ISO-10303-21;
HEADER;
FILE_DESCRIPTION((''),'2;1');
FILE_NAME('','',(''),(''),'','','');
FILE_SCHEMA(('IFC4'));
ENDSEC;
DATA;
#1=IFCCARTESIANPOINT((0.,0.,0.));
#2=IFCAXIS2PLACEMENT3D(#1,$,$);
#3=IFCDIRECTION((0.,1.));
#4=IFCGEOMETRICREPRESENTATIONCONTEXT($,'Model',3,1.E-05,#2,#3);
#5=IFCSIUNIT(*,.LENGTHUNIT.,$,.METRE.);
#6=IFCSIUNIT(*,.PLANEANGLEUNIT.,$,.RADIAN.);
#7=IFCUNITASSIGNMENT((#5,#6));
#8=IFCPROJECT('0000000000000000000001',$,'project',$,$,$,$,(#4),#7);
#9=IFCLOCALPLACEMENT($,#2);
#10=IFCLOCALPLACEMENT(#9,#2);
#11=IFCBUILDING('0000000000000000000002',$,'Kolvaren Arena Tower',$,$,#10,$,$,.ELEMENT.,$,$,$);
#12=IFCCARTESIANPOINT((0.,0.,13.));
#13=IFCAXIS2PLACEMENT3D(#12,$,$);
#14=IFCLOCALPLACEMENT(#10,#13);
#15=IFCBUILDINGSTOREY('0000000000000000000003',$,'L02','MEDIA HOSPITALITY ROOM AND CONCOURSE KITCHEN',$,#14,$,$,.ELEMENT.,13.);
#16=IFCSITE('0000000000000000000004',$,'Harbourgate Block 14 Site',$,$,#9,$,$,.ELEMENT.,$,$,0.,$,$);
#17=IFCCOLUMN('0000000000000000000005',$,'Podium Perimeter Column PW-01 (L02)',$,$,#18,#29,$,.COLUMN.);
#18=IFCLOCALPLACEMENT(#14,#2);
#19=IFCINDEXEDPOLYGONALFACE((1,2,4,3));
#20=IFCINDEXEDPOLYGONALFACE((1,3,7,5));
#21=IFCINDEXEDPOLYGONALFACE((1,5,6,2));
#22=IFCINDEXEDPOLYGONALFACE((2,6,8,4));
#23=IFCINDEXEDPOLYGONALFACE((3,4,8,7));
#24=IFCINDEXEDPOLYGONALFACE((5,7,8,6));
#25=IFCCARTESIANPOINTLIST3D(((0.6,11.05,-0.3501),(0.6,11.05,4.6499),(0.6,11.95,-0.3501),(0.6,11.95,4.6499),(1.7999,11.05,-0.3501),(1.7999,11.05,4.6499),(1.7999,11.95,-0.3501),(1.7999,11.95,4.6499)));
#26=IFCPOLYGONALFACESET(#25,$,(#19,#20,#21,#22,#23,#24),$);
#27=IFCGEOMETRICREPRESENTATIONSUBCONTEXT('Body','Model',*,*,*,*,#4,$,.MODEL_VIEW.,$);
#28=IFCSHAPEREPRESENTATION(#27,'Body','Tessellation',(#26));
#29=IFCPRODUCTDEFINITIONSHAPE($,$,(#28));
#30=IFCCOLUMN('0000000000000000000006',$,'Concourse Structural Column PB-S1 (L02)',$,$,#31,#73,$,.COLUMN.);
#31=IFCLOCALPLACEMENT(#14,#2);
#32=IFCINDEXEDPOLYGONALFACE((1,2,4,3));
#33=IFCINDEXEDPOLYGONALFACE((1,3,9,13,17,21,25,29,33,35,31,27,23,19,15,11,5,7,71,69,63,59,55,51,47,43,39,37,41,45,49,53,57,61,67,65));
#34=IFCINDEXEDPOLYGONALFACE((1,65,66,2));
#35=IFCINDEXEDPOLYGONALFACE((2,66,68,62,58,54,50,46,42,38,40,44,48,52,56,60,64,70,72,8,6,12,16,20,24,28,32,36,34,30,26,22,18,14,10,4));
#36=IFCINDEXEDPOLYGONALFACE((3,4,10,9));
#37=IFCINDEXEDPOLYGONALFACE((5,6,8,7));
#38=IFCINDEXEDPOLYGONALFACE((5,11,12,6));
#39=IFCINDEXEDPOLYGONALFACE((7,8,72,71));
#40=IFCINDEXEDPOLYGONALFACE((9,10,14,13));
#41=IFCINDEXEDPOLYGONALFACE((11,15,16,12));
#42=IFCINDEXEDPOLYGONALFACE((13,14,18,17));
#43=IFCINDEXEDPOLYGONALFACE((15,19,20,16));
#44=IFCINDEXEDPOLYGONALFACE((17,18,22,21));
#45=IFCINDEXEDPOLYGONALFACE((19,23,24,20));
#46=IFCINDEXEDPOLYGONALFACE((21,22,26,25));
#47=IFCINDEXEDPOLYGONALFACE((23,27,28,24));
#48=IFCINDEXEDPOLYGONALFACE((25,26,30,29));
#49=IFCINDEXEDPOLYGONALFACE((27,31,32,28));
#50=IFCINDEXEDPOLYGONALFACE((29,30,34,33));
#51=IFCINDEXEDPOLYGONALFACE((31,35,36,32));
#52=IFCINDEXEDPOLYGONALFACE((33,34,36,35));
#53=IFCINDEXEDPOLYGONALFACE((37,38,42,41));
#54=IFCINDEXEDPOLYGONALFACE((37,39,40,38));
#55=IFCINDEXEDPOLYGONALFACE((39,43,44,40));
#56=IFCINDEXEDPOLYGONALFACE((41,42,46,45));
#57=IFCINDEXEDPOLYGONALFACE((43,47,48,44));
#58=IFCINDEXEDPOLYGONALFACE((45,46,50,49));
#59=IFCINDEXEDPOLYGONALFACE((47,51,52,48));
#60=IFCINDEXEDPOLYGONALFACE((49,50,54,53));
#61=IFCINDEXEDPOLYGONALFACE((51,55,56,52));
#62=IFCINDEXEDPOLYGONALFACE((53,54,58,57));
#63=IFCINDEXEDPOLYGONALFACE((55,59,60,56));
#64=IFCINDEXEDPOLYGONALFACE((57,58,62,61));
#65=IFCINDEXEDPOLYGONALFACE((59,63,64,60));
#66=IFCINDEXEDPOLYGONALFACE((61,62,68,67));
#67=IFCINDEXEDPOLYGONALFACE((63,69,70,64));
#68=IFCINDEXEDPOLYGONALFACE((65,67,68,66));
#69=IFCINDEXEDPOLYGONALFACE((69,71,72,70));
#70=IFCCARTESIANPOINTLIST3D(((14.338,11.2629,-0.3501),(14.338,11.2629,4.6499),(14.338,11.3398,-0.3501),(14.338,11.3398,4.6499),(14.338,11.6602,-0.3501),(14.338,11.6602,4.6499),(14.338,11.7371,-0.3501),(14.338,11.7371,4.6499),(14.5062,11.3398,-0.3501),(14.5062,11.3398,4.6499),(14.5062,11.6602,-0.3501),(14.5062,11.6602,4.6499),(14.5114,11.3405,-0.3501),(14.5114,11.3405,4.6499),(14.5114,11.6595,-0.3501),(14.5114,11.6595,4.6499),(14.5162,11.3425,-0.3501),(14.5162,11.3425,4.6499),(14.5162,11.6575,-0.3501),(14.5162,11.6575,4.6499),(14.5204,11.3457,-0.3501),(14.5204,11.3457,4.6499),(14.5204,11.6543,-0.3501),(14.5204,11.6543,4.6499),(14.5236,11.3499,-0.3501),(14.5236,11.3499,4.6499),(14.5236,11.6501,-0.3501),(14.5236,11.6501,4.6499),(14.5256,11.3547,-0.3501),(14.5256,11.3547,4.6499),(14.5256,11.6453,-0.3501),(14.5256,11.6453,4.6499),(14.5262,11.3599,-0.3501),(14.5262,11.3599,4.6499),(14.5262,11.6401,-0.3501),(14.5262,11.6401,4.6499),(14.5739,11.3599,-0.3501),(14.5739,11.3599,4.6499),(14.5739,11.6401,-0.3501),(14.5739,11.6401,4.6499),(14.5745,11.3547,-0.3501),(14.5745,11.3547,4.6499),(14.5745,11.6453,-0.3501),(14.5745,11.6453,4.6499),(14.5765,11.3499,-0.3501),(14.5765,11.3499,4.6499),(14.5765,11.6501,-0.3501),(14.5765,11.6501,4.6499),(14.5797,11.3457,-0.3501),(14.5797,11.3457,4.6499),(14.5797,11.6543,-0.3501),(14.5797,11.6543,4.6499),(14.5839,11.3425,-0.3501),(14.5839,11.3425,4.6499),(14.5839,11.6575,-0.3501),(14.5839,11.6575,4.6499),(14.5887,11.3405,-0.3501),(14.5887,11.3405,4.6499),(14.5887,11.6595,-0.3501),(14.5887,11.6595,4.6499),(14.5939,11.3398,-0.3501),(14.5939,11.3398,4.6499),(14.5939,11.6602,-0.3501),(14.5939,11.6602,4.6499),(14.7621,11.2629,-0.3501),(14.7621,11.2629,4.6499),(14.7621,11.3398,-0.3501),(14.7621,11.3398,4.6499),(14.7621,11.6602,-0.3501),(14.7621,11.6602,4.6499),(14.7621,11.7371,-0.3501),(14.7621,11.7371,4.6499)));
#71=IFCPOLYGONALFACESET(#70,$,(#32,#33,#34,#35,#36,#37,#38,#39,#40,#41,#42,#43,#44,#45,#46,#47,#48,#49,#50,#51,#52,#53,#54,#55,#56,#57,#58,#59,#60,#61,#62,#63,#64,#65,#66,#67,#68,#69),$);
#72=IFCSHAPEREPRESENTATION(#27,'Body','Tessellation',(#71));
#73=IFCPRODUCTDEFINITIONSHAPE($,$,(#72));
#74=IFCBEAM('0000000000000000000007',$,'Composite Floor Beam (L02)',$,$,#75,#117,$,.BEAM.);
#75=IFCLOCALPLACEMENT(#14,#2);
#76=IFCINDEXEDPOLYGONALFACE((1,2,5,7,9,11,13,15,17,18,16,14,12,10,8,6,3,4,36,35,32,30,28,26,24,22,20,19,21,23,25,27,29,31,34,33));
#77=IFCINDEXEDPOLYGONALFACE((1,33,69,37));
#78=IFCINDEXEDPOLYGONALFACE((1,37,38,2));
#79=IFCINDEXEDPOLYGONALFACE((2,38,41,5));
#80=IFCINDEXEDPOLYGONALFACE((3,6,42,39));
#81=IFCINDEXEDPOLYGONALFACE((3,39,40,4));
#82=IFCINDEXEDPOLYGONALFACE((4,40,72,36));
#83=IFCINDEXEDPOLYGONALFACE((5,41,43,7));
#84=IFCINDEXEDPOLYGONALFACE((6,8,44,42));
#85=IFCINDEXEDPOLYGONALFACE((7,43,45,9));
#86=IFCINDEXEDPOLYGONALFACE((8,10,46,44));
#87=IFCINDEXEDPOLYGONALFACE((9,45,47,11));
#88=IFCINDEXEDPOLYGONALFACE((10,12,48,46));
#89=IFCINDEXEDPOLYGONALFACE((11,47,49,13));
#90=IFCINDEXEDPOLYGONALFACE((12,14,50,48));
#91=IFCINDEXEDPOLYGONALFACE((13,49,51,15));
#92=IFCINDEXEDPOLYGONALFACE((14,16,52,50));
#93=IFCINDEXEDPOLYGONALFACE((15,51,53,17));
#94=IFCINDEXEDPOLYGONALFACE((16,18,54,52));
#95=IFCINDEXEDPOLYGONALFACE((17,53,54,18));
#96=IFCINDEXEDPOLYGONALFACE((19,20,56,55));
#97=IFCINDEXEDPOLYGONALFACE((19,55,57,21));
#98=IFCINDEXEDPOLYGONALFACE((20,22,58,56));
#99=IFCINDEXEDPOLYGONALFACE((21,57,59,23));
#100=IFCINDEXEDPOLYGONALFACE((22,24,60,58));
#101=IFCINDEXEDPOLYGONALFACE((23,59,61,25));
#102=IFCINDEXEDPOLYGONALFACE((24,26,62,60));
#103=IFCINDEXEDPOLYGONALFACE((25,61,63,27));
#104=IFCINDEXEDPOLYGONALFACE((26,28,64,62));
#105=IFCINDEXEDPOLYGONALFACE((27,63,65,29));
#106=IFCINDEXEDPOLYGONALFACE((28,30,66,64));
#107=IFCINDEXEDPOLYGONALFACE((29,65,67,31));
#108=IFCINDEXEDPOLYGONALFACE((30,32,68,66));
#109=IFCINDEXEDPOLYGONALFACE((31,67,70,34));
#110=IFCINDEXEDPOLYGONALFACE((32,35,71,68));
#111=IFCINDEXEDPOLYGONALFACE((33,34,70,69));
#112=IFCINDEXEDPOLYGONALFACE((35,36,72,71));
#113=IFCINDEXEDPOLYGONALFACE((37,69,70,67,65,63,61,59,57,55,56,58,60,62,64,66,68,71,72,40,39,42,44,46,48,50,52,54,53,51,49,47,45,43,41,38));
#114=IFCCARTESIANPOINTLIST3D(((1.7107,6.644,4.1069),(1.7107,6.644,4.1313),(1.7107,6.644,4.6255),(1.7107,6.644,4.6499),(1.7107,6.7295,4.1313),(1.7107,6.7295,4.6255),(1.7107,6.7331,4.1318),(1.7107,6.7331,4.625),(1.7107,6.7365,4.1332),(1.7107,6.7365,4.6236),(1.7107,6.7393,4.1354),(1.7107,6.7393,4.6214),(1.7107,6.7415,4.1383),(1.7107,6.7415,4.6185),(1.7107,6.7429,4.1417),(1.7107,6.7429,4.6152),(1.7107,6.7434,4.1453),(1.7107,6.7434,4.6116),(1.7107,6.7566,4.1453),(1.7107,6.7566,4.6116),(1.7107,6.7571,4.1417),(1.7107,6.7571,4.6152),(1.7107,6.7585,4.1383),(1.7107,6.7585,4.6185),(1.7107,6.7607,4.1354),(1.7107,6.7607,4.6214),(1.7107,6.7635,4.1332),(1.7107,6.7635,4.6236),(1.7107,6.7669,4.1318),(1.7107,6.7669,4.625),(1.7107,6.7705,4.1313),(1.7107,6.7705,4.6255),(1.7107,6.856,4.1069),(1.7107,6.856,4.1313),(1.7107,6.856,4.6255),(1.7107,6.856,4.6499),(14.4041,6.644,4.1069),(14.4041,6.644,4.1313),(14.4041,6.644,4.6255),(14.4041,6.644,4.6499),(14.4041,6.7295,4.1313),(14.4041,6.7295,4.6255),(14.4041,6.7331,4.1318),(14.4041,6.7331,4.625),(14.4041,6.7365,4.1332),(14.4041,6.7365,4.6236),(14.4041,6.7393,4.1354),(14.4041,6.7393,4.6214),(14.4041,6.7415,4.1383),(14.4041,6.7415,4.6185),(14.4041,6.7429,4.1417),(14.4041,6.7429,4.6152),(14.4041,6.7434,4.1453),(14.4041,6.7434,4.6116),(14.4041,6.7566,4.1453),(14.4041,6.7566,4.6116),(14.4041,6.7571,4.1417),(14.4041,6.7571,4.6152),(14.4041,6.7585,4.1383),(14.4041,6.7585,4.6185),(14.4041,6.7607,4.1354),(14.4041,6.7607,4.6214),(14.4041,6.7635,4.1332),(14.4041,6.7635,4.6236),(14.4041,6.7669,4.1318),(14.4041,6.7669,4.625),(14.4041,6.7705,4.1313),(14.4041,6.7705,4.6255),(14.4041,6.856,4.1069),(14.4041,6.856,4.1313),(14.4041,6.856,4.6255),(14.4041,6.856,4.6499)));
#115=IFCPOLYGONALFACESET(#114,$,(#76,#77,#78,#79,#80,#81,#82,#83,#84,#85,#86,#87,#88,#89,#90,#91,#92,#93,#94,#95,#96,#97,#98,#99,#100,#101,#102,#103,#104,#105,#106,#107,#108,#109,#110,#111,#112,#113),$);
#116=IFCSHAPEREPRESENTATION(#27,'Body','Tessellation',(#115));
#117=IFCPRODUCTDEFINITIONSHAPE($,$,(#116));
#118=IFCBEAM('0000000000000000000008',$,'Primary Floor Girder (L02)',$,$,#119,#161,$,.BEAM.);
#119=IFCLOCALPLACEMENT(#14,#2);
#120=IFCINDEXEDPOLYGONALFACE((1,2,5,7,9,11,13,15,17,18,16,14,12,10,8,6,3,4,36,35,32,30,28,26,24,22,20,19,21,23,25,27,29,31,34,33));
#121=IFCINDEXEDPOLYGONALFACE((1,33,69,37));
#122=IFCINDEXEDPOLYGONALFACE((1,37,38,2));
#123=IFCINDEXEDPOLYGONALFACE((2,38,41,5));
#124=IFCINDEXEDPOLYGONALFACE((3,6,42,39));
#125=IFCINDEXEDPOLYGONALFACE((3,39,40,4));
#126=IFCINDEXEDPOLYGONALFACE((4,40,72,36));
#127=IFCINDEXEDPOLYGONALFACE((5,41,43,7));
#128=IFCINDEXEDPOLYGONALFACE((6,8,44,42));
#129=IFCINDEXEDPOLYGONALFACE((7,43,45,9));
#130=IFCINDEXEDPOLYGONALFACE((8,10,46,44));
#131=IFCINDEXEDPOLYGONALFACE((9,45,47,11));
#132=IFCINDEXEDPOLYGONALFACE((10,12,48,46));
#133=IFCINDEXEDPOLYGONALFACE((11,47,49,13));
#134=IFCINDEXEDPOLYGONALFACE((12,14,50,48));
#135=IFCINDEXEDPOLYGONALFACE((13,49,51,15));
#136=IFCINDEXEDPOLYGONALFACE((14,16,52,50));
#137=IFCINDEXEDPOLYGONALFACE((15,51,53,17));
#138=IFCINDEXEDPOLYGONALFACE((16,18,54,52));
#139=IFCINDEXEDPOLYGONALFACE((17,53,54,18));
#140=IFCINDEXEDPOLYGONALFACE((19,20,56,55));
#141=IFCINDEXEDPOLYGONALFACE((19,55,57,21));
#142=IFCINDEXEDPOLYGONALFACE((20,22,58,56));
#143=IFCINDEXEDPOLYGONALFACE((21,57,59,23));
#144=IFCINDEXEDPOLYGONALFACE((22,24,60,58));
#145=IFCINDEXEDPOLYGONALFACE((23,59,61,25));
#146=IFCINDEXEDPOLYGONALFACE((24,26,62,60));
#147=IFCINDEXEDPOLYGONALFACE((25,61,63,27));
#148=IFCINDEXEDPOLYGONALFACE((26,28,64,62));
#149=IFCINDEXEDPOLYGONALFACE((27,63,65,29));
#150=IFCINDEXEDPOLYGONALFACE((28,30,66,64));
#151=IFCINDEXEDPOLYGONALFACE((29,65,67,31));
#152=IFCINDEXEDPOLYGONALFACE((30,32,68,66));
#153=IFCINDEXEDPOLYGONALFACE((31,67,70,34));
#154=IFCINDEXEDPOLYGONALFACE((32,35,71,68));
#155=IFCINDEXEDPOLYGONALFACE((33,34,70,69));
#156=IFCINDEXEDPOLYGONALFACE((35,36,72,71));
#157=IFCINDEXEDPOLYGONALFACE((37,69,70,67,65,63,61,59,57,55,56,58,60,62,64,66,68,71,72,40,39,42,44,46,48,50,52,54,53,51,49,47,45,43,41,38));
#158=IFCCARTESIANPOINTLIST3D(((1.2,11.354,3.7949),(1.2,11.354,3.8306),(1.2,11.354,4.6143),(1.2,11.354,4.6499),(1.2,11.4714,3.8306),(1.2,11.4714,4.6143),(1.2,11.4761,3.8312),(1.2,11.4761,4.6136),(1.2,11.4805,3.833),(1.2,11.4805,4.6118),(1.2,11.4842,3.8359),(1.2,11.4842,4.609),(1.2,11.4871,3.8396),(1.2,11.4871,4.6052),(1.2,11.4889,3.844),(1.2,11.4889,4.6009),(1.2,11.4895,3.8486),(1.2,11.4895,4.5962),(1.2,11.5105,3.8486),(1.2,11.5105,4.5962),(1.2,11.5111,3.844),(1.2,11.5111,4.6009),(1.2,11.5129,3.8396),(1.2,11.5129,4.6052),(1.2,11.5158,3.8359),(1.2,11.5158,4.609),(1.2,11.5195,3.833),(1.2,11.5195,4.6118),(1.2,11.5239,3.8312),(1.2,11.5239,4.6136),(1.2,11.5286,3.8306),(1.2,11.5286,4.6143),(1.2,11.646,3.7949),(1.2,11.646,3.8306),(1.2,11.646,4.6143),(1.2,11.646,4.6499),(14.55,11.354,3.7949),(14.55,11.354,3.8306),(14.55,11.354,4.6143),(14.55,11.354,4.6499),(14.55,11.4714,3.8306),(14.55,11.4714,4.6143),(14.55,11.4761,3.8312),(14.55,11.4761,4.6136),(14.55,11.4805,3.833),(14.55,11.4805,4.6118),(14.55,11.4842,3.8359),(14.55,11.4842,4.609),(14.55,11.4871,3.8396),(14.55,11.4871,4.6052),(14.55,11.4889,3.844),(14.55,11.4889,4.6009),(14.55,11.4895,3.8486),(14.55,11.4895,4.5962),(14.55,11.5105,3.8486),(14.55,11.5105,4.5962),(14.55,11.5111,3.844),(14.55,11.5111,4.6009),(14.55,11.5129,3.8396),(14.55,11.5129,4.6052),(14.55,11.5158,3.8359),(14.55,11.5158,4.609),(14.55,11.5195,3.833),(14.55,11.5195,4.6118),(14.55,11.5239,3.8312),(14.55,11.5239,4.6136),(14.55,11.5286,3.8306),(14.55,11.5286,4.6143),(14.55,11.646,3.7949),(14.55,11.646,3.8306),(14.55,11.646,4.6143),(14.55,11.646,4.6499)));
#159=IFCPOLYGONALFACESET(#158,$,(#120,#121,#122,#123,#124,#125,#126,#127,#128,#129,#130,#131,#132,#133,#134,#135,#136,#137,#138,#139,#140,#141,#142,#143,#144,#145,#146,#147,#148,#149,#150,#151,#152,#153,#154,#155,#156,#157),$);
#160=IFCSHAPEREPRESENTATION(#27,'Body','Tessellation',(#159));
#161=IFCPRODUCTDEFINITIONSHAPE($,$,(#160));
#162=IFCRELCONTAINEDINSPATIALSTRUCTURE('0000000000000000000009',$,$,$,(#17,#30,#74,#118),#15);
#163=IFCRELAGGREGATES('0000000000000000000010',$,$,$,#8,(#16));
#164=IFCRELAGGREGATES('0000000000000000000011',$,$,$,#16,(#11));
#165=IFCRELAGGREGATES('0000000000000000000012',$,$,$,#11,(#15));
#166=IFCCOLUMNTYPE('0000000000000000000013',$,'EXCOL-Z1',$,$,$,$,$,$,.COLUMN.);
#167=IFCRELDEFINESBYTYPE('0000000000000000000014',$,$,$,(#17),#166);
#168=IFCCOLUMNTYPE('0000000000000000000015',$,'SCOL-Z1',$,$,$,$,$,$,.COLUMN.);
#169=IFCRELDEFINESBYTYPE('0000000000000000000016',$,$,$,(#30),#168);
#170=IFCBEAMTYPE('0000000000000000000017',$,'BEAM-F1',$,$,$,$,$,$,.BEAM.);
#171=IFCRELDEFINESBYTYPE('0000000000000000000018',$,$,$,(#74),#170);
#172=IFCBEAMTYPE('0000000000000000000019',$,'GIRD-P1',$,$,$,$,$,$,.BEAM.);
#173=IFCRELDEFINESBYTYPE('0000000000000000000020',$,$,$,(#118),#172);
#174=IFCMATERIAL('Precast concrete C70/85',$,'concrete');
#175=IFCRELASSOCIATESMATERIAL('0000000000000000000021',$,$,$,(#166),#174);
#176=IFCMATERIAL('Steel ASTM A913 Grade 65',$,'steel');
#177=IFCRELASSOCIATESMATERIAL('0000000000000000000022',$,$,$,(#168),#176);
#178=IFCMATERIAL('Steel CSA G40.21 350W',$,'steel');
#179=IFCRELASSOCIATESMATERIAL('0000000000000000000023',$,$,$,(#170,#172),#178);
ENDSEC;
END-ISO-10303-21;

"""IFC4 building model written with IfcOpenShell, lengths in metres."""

from ifc_helpers import new_model, si_unit, direction, frame, origin, origin_2d, place, context, subcontext, project, spatial, rectangle, i_section, extrude, material, material_profile, profile_set, type_object, element, save


model = new_model("IFC4")

# Units and contexts
model_context = context("Model", 3, precision=1e-05, world=origin(), true_north=direction((0.0, 1.0)))
body_context = subcontext(model_context, "Body", "Model", "MODEL_VIEW")
ifc_project = project(units=[si_unit("LENGTHUNIT", "METRE"), si_unit("PLANEANGLEUNIT", "RADIAN")], contexts=[model_context])

# Site, building, storey
site_placement = place(None, origin())
site = spatial("IfcSite", under=ifc_project, at=site_placement, Name="Harbourgate Block 14 Site", CompositionType="ELEMENT", RefElevation=0.0)
building_placement = place(site_placement, origin())
building = spatial("IfcBuilding", under=site, at=building_placement, Name="Kolvaren Arena Tower", CompositionType="ELEMENT")
storey_placement = place(building_placement, frame((0.0, 0.0, 13.0)))
storey = spatial("IfcBuildingStorey", under=building, at=storey_placement, Name="L02", Description="MEDIA HOSPITALITY ROOM AND CONCOURSE KITCHEN", CompositionType="ELEMENT", Elevation=13.0)

# Columns
ifc_material_1 = material(Name="Precast concrete C70/85", Category="concrete")
ifc_material_profile_1 = material_profile(ifc_material_1, rectangle(XDim=1.2, YDim=0.8999, at=origin_2d()), Name="RC-1200x900")
ifc_profile_set_1 = profile_set([ifc_material_profile_1], Name="Precast concrete C70/85")
column_type_1 = type_object("IfcColumnType", Name="EXCOL-Z1", PredefinedType="COLUMN", material=ifc_profile_set_1)
column_1_placement = place(storey_placement, frame((1.2, 11.5, -0.3501), z_axis=(0.0, 0.0, 1.0), x_axis=(1.0, 0.0, 0.0)))
element("IfcColumn", 1, at=column_1_placement, inside=storey, type_object=column_type_1, Name="Podium Perimeter Column PW-01 (L02)", PredefinedType="COLUMN", context=body_context, shape_type="SweptSolid", body=[
    extrude(rectangle(XDim=1.2, YDim=0.8999, at=origin_2d()), origin(), (0.0, 0.0, 1.0), 5.0),
])
ifc_material_2 = material(Name="Steel ASTM A913 Grade 65", Category="steel")
ifc_material_profile_2 = material_profile(ifc_material_2, i_section(OverallWidth=0.4241, OverallDepth=0.4741, WebThickness=0.0476, FlangeThickness=0.0769, FilletRadius=0.02, at=origin_2d()), Name="W360x634")
ifc_profile_set_2 = profile_set([ifc_material_profile_2], Name="Steel ASTM A913 Grade 65")
column_type_2 = type_object("IfcColumnType", Name="SCOL-Z1", PredefinedType="COLUMN", material=ifc_profile_set_2)
column_2_placement = place(storey_placement, frame((14.55, 11.5, -0.3501), z_axis=(0.0, 0.0, 1.0), x_axis=(1.0, 0.0, 0.0)))
element("IfcColumn", 2, at=column_2_placement, inside=storey, type_object=column_type_2, Name="Concourse Structural Column PB-S1 (L02)", PredefinedType="COLUMN", context=body_context, shape_type="SweptSolid", body=[
    extrude(i_section(OverallWidth=0.4241, OverallDepth=0.4741, WebThickness=0.0476, FlangeThickness=0.0769, FilletRadius=0.02, at=origin_2d()), origin(), (0.0, 0.0, 1.0), 5.0),
])

# Beams
ifc_material_3 = material(Name="Steel CSA G40.21 350W", Category="steel")
ifc_material_profile_3 = material_profile(ifc_material_3, i_section(OverallWidth=0.2119, OverallDepth=0.543, WebThickness=0.0132, FlangeThickness=0.0244, FilletRadius=0.0139, at=origin_2d()), Name="W530x150")
ifc_profile_set_3 = profile_set([ifc_material_profile_3], Name="Steel CSA G40.21 350W")
beam_type_1 = type_object("IfcBeamType", Name="BEAM-F1", PredefinedType="BEAM", material=ifc_profile_set_3)
beam_1_placement = place(storey_placement, frame((1.7107, 6.75, 4.3784), z_axis=(1.0, 0.0, 0.0), x_axis=(0.0, 1.0, 0.0)))
element("IfcBeam", 3, at=beam_1_placement, inside=storey, type_object=beam_type_1, Name="Composite Floor Beam (L02)", PredefinedType="BEAM", context=body_context, shape_type="SweptSolid", body=[
    extrude(i_section(OverallWidth=0.2119, OverallDepth=0.543, WebThickness=0.0132, FlangeThickness=0.0244, FilletRadius=0.0139, at=origin_2d()), origin(), (0.0, 0.0, 1.0), 12.6934),
])
ifc_material_profile_4 = material_profile(ifc_material_3, i_section(OverallWidth=0.292, OverallDepth=0.855, WebThickness=0.021, FlangeThickness=0.0356, FilletRadius=0.0181, at=origin_2d()), Name="W840x299")
ifc_profile_set_4 = profile_set([ifc_material_profile_4], Name="Steel CSA G40.21 350W")
beam_type_2 = type_object("IfcBeamType", Name="GIRD-P1", PredefinedType="BEAM", material=ifc_profile_set_4)
beam_2_placement = place(storey_placement, frame((1.2, 11.5, 4.2224), z_axis=(1.0, 0.0, 0.0), x_axis=(0.0, 1.0, 0.0)))
element("IfcBeam", 4, at=beam_2_placement, inside=storey, type_object=beam_type_2, Name="Primary Floor Girder (L02)", PredefinedType="BEAM", context=body_context, shape_type="SweptSolid", body=[
    extrude(i_section(OverallWidth=0.292, OverallDepth=0.855, WebThickness=0.021, FlangeThickness=0.0356, FilletRadius=0.0181, at=origin_2d()), origin(), (0.0, 0.0, 1.0), 13.3501),
])

save(model, "model.ifc")
